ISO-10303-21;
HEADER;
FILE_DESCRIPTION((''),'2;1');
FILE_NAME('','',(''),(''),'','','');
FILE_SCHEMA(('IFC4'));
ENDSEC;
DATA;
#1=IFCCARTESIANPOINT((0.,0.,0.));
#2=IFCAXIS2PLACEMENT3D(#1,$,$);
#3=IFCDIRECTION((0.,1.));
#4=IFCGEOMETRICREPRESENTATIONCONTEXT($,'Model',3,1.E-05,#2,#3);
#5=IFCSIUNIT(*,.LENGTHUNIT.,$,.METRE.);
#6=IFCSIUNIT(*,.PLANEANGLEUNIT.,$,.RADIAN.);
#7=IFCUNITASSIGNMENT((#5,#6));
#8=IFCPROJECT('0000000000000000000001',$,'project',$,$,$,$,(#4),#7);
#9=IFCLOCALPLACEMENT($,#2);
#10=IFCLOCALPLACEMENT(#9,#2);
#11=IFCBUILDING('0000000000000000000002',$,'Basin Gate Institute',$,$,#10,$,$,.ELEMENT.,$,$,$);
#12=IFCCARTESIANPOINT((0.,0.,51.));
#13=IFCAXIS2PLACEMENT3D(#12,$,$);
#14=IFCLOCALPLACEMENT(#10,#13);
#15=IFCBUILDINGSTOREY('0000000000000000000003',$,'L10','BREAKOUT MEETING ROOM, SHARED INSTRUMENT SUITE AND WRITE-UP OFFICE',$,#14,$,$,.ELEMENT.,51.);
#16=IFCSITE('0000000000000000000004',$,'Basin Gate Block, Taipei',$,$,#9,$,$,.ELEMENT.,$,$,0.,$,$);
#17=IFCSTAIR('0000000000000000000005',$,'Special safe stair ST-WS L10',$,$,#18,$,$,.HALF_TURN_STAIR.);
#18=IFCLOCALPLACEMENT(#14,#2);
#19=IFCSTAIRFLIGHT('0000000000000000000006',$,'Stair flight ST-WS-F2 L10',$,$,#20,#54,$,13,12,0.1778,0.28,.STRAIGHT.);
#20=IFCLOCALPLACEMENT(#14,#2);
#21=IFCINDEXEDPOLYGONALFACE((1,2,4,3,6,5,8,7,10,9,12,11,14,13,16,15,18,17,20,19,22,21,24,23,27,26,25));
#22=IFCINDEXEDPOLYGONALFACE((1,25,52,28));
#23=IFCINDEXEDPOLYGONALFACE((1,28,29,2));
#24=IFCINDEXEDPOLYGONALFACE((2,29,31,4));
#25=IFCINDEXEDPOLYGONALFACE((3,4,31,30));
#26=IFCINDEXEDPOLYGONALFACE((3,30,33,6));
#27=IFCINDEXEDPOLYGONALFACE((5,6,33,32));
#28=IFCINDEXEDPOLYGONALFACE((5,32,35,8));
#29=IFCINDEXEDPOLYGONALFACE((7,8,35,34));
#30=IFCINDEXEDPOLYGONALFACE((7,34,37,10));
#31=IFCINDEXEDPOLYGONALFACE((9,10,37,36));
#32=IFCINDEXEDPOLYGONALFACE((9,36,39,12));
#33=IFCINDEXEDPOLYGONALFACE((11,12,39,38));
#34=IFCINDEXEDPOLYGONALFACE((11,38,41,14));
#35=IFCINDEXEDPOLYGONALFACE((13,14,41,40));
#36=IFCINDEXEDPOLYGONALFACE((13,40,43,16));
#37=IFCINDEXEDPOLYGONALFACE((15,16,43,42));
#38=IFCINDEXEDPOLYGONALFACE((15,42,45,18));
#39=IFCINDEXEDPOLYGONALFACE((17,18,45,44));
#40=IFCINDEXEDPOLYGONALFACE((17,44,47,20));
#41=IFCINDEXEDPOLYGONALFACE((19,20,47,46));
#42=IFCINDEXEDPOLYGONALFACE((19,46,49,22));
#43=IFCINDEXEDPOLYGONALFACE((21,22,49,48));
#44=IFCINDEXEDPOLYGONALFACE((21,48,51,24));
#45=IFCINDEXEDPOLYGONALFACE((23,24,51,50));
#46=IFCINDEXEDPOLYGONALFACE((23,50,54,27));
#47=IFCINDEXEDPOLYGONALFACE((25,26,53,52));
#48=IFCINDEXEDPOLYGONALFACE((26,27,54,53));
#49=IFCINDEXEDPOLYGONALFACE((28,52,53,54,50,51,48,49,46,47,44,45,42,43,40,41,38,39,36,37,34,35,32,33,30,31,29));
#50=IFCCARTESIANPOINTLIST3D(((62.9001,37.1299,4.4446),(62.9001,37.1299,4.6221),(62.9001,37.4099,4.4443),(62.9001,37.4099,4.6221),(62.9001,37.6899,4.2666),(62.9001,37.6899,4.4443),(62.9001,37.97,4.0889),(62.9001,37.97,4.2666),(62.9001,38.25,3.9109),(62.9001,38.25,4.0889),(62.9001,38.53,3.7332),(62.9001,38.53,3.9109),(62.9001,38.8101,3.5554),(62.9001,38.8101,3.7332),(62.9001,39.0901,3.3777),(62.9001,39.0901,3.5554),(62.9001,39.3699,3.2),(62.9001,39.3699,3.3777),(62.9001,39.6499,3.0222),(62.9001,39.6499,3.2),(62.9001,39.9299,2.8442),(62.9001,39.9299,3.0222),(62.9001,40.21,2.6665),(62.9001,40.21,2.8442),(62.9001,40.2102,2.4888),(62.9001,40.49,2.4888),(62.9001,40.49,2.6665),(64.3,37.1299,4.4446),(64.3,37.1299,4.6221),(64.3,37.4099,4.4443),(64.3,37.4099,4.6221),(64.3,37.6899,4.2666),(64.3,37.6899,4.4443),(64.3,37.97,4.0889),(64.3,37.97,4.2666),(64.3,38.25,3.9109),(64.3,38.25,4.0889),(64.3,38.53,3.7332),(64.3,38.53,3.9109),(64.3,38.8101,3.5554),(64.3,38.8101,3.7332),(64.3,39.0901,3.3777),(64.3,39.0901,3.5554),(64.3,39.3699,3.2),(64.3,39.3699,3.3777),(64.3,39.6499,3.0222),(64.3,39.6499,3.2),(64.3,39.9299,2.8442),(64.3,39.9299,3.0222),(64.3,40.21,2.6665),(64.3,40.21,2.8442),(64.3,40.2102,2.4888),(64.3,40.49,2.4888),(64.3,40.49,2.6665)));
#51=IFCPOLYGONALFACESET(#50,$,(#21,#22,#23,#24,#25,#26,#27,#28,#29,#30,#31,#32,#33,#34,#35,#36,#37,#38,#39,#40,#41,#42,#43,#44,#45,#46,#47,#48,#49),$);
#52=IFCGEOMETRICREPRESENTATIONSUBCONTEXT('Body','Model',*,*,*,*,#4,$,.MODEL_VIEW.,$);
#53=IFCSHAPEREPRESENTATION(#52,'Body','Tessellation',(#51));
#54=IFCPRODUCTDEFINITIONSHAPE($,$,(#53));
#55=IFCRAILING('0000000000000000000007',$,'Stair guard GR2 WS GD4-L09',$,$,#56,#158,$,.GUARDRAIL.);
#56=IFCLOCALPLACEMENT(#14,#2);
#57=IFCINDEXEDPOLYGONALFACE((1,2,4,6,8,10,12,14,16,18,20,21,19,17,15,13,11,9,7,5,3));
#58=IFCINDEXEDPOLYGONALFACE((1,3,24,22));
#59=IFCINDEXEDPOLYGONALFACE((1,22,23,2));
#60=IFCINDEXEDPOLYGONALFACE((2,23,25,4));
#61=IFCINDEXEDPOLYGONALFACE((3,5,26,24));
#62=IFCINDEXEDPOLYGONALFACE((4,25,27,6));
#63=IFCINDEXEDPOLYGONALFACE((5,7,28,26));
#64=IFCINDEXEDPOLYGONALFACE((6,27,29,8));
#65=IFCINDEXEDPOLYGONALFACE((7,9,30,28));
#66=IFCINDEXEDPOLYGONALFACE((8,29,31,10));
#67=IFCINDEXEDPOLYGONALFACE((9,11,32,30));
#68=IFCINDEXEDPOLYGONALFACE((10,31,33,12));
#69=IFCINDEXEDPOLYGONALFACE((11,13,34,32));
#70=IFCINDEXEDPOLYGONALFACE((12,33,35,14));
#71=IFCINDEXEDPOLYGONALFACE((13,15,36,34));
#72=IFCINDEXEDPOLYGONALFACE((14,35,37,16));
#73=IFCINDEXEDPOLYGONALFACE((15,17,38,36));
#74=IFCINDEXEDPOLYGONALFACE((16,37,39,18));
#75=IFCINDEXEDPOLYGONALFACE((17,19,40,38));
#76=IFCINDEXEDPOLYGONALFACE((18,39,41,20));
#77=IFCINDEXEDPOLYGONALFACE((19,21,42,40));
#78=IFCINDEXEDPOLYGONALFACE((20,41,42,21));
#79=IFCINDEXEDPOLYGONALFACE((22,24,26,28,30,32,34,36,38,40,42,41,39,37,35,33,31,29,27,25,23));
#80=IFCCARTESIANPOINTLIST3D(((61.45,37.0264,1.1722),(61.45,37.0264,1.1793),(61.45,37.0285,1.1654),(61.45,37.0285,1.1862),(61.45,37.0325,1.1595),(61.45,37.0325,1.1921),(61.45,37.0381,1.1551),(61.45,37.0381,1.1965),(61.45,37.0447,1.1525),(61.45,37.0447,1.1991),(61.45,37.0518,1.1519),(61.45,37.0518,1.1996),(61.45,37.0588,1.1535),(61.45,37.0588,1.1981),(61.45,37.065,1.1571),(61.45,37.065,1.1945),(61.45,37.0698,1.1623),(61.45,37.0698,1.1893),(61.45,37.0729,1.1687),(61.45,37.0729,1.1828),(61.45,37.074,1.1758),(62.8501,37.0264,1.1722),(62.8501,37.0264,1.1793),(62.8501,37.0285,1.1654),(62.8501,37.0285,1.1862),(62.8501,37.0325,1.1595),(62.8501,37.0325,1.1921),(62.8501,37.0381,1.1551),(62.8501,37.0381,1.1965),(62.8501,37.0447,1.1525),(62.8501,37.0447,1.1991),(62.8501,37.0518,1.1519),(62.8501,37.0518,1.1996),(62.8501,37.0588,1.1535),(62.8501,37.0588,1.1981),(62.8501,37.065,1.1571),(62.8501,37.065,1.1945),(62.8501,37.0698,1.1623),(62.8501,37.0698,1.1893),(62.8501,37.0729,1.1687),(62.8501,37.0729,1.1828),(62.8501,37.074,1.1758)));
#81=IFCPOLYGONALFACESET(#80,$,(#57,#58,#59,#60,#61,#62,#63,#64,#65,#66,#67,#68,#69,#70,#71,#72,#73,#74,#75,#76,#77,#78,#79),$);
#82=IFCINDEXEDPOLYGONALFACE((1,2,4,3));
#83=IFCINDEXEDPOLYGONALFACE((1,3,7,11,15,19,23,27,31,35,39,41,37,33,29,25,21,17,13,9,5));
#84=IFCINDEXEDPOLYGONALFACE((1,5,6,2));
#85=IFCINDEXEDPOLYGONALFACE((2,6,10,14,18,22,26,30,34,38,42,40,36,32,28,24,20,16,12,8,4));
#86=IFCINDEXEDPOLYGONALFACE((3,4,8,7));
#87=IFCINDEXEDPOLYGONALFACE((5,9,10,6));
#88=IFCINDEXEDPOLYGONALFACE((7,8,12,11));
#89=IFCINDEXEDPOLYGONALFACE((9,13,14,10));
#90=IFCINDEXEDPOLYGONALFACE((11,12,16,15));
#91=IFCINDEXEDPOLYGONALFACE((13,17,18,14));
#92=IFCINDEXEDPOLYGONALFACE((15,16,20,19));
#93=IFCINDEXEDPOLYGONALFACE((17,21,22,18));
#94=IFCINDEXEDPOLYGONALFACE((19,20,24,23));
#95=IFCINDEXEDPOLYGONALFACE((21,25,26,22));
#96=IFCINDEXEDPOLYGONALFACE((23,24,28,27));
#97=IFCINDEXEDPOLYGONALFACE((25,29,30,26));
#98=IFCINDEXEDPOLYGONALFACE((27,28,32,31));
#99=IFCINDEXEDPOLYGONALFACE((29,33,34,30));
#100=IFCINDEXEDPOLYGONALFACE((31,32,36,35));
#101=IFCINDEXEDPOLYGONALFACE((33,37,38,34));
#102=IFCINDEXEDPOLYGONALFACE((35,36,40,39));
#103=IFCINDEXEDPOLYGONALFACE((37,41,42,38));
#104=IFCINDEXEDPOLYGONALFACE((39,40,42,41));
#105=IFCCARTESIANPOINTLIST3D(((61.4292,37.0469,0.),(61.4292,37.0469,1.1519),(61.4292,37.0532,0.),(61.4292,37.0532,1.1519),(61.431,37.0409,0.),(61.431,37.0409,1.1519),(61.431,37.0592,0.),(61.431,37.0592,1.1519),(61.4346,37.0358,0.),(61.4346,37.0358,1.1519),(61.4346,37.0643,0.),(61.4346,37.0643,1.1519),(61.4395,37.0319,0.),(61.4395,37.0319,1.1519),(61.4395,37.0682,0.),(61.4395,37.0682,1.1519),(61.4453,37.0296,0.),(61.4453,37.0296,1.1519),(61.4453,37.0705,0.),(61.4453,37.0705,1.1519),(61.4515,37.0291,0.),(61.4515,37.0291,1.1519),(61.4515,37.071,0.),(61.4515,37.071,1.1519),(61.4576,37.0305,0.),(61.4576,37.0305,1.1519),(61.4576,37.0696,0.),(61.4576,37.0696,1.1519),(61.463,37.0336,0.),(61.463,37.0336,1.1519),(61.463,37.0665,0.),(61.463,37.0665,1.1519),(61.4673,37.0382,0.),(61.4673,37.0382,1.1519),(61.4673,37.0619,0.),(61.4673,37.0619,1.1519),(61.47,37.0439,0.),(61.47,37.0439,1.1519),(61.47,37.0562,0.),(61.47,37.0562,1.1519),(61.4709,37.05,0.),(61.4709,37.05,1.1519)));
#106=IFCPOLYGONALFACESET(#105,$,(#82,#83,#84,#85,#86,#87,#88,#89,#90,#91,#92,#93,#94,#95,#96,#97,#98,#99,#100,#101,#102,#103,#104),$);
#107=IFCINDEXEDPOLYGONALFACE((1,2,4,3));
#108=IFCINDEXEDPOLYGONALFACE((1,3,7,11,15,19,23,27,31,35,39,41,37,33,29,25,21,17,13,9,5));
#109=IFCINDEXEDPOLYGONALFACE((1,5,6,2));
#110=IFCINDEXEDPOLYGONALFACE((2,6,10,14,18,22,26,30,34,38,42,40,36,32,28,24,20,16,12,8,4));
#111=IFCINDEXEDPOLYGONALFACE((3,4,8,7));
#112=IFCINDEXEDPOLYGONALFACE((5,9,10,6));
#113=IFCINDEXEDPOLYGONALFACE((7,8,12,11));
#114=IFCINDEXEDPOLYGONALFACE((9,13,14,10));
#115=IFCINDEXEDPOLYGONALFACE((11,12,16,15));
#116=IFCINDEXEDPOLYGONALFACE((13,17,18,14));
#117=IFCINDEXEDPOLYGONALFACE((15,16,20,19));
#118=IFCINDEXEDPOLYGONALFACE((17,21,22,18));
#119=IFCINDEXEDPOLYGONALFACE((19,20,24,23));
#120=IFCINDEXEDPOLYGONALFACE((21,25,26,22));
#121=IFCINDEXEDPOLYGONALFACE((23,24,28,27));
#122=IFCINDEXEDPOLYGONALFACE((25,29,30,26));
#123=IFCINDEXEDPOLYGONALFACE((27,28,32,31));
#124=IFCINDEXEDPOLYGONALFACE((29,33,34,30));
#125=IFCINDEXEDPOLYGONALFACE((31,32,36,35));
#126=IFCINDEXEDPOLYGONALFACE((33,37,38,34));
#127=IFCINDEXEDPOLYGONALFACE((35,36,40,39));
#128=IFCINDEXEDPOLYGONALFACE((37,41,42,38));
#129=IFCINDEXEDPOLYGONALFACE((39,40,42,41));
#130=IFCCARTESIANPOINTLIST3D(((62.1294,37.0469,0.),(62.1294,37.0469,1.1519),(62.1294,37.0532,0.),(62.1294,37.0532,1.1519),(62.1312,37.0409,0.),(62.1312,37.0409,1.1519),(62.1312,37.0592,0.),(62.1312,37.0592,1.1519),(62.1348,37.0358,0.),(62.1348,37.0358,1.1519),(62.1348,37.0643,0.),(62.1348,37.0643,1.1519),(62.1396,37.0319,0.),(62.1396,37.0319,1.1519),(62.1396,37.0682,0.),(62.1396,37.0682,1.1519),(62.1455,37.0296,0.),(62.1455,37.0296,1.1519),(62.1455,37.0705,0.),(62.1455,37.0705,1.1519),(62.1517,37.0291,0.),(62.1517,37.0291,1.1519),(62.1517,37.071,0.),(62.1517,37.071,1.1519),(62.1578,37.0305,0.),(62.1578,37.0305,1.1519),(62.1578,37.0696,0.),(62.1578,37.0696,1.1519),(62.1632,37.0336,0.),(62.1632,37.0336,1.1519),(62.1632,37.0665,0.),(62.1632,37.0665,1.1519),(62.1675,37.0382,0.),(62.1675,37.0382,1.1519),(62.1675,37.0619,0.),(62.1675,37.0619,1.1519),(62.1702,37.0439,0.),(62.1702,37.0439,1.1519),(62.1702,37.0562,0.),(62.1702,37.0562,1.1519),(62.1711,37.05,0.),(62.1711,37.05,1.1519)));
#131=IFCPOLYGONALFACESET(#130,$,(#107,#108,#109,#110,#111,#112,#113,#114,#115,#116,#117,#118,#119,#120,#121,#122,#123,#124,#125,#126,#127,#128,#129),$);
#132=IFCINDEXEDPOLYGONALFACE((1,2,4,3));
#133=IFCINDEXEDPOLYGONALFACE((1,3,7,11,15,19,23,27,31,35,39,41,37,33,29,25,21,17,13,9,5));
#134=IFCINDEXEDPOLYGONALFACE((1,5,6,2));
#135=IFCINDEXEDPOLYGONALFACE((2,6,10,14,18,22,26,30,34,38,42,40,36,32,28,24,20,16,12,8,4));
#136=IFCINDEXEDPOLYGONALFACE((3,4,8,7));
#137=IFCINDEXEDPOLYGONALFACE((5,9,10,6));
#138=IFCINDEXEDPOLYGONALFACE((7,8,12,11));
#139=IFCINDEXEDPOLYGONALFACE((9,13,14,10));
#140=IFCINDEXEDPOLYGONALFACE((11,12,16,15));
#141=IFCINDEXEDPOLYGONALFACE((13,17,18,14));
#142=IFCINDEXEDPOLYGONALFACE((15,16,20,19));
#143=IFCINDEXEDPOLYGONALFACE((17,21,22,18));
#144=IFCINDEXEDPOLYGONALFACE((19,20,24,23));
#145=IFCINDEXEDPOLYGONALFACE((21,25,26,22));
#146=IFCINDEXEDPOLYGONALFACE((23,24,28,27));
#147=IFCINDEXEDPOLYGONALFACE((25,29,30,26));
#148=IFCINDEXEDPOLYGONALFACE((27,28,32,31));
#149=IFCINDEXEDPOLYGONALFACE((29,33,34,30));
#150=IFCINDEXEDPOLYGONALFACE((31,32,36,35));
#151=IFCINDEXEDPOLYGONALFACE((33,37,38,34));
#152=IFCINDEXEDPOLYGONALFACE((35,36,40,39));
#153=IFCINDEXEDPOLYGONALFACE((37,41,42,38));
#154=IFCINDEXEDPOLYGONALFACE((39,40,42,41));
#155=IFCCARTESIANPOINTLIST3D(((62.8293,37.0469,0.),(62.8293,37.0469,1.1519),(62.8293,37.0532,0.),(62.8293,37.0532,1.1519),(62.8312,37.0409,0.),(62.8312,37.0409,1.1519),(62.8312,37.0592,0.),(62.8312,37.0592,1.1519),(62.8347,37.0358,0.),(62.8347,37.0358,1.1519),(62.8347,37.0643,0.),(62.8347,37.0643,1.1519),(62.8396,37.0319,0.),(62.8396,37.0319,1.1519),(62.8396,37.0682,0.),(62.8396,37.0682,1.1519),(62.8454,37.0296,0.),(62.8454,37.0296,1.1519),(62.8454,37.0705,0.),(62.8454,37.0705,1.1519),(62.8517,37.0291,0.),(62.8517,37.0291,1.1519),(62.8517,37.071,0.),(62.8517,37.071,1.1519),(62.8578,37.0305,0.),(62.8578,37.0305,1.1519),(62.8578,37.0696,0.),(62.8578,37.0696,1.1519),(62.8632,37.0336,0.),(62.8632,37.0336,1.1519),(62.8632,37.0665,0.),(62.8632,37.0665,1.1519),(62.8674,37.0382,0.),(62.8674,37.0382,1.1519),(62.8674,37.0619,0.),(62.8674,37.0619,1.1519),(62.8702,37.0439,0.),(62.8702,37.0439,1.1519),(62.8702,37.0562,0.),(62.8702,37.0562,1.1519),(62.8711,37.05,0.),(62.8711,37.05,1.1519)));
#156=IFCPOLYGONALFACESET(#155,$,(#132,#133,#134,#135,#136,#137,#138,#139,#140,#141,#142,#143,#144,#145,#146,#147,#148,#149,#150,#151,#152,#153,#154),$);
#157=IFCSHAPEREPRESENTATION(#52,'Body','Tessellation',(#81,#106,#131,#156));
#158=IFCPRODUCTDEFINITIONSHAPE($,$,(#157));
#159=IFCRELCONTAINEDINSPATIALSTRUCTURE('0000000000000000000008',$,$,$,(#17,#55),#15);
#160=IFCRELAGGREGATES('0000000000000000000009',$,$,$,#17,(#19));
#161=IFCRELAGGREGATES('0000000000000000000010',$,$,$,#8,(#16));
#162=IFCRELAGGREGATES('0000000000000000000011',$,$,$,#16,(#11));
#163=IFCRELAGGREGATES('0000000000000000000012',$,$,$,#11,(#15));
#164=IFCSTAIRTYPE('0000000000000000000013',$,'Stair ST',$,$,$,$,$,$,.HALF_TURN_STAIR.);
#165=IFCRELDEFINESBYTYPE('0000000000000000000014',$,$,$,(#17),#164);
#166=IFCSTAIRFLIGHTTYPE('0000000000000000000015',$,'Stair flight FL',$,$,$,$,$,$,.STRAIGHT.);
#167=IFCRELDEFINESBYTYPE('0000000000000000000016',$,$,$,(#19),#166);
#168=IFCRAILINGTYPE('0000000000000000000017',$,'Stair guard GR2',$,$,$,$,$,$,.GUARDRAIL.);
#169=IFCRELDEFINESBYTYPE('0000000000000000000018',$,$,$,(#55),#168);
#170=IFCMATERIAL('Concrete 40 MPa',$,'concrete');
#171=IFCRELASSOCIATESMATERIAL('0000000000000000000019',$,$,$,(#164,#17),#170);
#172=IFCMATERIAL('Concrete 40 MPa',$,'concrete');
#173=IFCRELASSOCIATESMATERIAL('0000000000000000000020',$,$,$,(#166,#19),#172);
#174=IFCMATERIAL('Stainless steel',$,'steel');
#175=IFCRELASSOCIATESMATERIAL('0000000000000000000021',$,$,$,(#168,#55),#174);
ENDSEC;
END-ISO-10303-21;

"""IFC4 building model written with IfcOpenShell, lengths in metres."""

from ifc_helpers import new_model, si_unit, direction, frame, origin, origin_2d, place, context, subcontext, project, spatial, polyline, circle, outline, extrude, material, type_object, element, aggregate, save


model = new_model("IFC4")

# Units and contexts
model_context = context("Model", 3, precision=1e-05, world=origin(), true_north=direction((0.0, 1.0)))
body_context = subcontext(model_context, "Body", "Model", "MODEL_VIEW")
ifc_project = project(units=[si_unit("LENGTHUNIT", "METRE"), si_unit("PLANEANGLEUNIT", "RADIAN")], contexts=[model_context])

# Site, building, storey
site_placement = place(None, origin())
site = spatial("IfcSite", under=ifc_project, at=site_placement, Name="Basin Gate Block, Taipei", CompositionType="ELEMENT", RefElevation=0.0)
building_placement = place(site_placement, origin())
building = spatial("IfcBuilding", under=site, at=building_placement, Name="Basin Gate Institute", CompositionType="ELEMENT")
storey_placement = place(building_placement, frame((0.0, 0.0, 51.0)))
storey = spatial("IfcBuildingStorey", under=building, at=storey_placement, Name="L10", Description="BREAKOUT MEETING ROOM, SHARED INSTRUMENT SUITE AND WRITE-UP OFFICE", CompositionType="ELEMENT", Elevation=51.0)

# Stair, stair flight
ifc_material_1 = material(Name="Concrete 40 MPa", Category="concrete")
stair_type = type_object("IfcStairType", Name="Stair ST", PredefinedType="HALF_TURN_STAIR", material=ifc_material_1)
stair_placement = place(storey_placement, origin())
stair = element("IfcStair", 1, at=stair_placement, inside=storey, type_object=stair_type, material=ifc_material_1, Name="Special safe stair ST-WS L10", PredefinedType="HALF_TURN_STAIR")
ifc_material_2 = material(Name="Concrete 40 MPa", Category="concrete")
stair_flight_type = type_object("IfcStairFlightType", Name="Stair flight FL", PredefinedType="STRAIGHT", material=ifc_material_2)
stair_flight_1_placement = place(storey_placement, frame((63.6001, 40.49, 2.4888), z_axis=(0.0, 0.0, 1.0), x_axis=(0.0, -1.0, 0.0)))
stair_flight_1 = element("IfcStairFlight", 2, at=stair_flight_1_placement, type_object=stair_flight_type, material=ifc_material_2, Name="Stair flight ST-WS-F2 L10", NumberOfRisers=13, NumberOfTreads=12, PredefinedType="STRAIGHT", RiserHeight=0.1778, TreadLength=0.28, context=body_context, shape_type="SweptSolid", body=[
    extrude(outline(polyline([(0.0, 0.0), (0.0, 0.1777), (0.28, 0.1777), (0.28, 0.3555), (0.5601, 0.3555), (0.5601, 0.5334), (0.8401, 0.5334), (0.8401, 0.7112), (1.1201, 0.7112), (1.1201, 0.8889), (1.3999, 0.8889), (1.3999, 1.0667), (1.6799, 1.0667), (1.6799, 1.2444), (1.96, 1.2444), (1.96, 1.4221), (2.24, 1.4221), (2.24, 1.6001), (2.52, 1.6001), (2.52, 1.7778), (2.8, 1.7778), (2.8, 1.9556), (3.0801, 1.9556), (3.0801, 2.1333), (3.3601, 2.1333), (3.3601, 2.311), (3.3601, 1.9558), (0.2798, 0.0), (0.0, 0.0)])), frame((0.0, 0.7, 0.0), z_axis=(0.0, -1.0, 0.0), x_axis=(1.0, 0.0, 0.0)), (0.0, 0.0, 1.0), 1.3999),
])
aggregate(stair, [stair_flight_1])

# Railing
ifc_material_3 = material(Name="Stainless steel", Category="steel")
railing_type_1 = type_object("IfcRailingType", Name="Stair guard GR2", PredefinedType="GUARDRAIL", material=ifc_material_3)
railing_1_placement = place(storey_placement, frame((61.45, 37.05, 0.0)))
element("IfcRailing", 3, at=railing_1_placement, inside=storey, type_object=railing_type_1, material=ifc_material_3, Name="Stair guard GR2 WS GD4-L09", PredefinedType="GUARDRAIL", context=body_context, shape_type="SweptSolid", body=[
    extrude(circle(Radius=0.0239, at=origin_2d()), frame((0.0, 0.0, 1.1758), z_axis=(1.0, 0.0, 0.0), x_axis=(0.0, 1.0, 0.0)), (0.0, 0.0, 1.0), 1.4001),
    extrude(circle(Radius=0.021, at=origin_2d()), origin(), (0.0, 0.0, 1.0), 1.1519),
    extrude(circle(Radius=0.021, at=origin_2d()), frame((0.7002, 0.0, 0.0)), (0.0, 0.0, 1.0), 1.1519),
    extrude(circle(Radius=0.021, at=origin_2d()), frame((1.4001, 0.0, 0.0)), (0.0, 0.0, 1.0), 1.1519),
])

save(model, "model.ifc")
